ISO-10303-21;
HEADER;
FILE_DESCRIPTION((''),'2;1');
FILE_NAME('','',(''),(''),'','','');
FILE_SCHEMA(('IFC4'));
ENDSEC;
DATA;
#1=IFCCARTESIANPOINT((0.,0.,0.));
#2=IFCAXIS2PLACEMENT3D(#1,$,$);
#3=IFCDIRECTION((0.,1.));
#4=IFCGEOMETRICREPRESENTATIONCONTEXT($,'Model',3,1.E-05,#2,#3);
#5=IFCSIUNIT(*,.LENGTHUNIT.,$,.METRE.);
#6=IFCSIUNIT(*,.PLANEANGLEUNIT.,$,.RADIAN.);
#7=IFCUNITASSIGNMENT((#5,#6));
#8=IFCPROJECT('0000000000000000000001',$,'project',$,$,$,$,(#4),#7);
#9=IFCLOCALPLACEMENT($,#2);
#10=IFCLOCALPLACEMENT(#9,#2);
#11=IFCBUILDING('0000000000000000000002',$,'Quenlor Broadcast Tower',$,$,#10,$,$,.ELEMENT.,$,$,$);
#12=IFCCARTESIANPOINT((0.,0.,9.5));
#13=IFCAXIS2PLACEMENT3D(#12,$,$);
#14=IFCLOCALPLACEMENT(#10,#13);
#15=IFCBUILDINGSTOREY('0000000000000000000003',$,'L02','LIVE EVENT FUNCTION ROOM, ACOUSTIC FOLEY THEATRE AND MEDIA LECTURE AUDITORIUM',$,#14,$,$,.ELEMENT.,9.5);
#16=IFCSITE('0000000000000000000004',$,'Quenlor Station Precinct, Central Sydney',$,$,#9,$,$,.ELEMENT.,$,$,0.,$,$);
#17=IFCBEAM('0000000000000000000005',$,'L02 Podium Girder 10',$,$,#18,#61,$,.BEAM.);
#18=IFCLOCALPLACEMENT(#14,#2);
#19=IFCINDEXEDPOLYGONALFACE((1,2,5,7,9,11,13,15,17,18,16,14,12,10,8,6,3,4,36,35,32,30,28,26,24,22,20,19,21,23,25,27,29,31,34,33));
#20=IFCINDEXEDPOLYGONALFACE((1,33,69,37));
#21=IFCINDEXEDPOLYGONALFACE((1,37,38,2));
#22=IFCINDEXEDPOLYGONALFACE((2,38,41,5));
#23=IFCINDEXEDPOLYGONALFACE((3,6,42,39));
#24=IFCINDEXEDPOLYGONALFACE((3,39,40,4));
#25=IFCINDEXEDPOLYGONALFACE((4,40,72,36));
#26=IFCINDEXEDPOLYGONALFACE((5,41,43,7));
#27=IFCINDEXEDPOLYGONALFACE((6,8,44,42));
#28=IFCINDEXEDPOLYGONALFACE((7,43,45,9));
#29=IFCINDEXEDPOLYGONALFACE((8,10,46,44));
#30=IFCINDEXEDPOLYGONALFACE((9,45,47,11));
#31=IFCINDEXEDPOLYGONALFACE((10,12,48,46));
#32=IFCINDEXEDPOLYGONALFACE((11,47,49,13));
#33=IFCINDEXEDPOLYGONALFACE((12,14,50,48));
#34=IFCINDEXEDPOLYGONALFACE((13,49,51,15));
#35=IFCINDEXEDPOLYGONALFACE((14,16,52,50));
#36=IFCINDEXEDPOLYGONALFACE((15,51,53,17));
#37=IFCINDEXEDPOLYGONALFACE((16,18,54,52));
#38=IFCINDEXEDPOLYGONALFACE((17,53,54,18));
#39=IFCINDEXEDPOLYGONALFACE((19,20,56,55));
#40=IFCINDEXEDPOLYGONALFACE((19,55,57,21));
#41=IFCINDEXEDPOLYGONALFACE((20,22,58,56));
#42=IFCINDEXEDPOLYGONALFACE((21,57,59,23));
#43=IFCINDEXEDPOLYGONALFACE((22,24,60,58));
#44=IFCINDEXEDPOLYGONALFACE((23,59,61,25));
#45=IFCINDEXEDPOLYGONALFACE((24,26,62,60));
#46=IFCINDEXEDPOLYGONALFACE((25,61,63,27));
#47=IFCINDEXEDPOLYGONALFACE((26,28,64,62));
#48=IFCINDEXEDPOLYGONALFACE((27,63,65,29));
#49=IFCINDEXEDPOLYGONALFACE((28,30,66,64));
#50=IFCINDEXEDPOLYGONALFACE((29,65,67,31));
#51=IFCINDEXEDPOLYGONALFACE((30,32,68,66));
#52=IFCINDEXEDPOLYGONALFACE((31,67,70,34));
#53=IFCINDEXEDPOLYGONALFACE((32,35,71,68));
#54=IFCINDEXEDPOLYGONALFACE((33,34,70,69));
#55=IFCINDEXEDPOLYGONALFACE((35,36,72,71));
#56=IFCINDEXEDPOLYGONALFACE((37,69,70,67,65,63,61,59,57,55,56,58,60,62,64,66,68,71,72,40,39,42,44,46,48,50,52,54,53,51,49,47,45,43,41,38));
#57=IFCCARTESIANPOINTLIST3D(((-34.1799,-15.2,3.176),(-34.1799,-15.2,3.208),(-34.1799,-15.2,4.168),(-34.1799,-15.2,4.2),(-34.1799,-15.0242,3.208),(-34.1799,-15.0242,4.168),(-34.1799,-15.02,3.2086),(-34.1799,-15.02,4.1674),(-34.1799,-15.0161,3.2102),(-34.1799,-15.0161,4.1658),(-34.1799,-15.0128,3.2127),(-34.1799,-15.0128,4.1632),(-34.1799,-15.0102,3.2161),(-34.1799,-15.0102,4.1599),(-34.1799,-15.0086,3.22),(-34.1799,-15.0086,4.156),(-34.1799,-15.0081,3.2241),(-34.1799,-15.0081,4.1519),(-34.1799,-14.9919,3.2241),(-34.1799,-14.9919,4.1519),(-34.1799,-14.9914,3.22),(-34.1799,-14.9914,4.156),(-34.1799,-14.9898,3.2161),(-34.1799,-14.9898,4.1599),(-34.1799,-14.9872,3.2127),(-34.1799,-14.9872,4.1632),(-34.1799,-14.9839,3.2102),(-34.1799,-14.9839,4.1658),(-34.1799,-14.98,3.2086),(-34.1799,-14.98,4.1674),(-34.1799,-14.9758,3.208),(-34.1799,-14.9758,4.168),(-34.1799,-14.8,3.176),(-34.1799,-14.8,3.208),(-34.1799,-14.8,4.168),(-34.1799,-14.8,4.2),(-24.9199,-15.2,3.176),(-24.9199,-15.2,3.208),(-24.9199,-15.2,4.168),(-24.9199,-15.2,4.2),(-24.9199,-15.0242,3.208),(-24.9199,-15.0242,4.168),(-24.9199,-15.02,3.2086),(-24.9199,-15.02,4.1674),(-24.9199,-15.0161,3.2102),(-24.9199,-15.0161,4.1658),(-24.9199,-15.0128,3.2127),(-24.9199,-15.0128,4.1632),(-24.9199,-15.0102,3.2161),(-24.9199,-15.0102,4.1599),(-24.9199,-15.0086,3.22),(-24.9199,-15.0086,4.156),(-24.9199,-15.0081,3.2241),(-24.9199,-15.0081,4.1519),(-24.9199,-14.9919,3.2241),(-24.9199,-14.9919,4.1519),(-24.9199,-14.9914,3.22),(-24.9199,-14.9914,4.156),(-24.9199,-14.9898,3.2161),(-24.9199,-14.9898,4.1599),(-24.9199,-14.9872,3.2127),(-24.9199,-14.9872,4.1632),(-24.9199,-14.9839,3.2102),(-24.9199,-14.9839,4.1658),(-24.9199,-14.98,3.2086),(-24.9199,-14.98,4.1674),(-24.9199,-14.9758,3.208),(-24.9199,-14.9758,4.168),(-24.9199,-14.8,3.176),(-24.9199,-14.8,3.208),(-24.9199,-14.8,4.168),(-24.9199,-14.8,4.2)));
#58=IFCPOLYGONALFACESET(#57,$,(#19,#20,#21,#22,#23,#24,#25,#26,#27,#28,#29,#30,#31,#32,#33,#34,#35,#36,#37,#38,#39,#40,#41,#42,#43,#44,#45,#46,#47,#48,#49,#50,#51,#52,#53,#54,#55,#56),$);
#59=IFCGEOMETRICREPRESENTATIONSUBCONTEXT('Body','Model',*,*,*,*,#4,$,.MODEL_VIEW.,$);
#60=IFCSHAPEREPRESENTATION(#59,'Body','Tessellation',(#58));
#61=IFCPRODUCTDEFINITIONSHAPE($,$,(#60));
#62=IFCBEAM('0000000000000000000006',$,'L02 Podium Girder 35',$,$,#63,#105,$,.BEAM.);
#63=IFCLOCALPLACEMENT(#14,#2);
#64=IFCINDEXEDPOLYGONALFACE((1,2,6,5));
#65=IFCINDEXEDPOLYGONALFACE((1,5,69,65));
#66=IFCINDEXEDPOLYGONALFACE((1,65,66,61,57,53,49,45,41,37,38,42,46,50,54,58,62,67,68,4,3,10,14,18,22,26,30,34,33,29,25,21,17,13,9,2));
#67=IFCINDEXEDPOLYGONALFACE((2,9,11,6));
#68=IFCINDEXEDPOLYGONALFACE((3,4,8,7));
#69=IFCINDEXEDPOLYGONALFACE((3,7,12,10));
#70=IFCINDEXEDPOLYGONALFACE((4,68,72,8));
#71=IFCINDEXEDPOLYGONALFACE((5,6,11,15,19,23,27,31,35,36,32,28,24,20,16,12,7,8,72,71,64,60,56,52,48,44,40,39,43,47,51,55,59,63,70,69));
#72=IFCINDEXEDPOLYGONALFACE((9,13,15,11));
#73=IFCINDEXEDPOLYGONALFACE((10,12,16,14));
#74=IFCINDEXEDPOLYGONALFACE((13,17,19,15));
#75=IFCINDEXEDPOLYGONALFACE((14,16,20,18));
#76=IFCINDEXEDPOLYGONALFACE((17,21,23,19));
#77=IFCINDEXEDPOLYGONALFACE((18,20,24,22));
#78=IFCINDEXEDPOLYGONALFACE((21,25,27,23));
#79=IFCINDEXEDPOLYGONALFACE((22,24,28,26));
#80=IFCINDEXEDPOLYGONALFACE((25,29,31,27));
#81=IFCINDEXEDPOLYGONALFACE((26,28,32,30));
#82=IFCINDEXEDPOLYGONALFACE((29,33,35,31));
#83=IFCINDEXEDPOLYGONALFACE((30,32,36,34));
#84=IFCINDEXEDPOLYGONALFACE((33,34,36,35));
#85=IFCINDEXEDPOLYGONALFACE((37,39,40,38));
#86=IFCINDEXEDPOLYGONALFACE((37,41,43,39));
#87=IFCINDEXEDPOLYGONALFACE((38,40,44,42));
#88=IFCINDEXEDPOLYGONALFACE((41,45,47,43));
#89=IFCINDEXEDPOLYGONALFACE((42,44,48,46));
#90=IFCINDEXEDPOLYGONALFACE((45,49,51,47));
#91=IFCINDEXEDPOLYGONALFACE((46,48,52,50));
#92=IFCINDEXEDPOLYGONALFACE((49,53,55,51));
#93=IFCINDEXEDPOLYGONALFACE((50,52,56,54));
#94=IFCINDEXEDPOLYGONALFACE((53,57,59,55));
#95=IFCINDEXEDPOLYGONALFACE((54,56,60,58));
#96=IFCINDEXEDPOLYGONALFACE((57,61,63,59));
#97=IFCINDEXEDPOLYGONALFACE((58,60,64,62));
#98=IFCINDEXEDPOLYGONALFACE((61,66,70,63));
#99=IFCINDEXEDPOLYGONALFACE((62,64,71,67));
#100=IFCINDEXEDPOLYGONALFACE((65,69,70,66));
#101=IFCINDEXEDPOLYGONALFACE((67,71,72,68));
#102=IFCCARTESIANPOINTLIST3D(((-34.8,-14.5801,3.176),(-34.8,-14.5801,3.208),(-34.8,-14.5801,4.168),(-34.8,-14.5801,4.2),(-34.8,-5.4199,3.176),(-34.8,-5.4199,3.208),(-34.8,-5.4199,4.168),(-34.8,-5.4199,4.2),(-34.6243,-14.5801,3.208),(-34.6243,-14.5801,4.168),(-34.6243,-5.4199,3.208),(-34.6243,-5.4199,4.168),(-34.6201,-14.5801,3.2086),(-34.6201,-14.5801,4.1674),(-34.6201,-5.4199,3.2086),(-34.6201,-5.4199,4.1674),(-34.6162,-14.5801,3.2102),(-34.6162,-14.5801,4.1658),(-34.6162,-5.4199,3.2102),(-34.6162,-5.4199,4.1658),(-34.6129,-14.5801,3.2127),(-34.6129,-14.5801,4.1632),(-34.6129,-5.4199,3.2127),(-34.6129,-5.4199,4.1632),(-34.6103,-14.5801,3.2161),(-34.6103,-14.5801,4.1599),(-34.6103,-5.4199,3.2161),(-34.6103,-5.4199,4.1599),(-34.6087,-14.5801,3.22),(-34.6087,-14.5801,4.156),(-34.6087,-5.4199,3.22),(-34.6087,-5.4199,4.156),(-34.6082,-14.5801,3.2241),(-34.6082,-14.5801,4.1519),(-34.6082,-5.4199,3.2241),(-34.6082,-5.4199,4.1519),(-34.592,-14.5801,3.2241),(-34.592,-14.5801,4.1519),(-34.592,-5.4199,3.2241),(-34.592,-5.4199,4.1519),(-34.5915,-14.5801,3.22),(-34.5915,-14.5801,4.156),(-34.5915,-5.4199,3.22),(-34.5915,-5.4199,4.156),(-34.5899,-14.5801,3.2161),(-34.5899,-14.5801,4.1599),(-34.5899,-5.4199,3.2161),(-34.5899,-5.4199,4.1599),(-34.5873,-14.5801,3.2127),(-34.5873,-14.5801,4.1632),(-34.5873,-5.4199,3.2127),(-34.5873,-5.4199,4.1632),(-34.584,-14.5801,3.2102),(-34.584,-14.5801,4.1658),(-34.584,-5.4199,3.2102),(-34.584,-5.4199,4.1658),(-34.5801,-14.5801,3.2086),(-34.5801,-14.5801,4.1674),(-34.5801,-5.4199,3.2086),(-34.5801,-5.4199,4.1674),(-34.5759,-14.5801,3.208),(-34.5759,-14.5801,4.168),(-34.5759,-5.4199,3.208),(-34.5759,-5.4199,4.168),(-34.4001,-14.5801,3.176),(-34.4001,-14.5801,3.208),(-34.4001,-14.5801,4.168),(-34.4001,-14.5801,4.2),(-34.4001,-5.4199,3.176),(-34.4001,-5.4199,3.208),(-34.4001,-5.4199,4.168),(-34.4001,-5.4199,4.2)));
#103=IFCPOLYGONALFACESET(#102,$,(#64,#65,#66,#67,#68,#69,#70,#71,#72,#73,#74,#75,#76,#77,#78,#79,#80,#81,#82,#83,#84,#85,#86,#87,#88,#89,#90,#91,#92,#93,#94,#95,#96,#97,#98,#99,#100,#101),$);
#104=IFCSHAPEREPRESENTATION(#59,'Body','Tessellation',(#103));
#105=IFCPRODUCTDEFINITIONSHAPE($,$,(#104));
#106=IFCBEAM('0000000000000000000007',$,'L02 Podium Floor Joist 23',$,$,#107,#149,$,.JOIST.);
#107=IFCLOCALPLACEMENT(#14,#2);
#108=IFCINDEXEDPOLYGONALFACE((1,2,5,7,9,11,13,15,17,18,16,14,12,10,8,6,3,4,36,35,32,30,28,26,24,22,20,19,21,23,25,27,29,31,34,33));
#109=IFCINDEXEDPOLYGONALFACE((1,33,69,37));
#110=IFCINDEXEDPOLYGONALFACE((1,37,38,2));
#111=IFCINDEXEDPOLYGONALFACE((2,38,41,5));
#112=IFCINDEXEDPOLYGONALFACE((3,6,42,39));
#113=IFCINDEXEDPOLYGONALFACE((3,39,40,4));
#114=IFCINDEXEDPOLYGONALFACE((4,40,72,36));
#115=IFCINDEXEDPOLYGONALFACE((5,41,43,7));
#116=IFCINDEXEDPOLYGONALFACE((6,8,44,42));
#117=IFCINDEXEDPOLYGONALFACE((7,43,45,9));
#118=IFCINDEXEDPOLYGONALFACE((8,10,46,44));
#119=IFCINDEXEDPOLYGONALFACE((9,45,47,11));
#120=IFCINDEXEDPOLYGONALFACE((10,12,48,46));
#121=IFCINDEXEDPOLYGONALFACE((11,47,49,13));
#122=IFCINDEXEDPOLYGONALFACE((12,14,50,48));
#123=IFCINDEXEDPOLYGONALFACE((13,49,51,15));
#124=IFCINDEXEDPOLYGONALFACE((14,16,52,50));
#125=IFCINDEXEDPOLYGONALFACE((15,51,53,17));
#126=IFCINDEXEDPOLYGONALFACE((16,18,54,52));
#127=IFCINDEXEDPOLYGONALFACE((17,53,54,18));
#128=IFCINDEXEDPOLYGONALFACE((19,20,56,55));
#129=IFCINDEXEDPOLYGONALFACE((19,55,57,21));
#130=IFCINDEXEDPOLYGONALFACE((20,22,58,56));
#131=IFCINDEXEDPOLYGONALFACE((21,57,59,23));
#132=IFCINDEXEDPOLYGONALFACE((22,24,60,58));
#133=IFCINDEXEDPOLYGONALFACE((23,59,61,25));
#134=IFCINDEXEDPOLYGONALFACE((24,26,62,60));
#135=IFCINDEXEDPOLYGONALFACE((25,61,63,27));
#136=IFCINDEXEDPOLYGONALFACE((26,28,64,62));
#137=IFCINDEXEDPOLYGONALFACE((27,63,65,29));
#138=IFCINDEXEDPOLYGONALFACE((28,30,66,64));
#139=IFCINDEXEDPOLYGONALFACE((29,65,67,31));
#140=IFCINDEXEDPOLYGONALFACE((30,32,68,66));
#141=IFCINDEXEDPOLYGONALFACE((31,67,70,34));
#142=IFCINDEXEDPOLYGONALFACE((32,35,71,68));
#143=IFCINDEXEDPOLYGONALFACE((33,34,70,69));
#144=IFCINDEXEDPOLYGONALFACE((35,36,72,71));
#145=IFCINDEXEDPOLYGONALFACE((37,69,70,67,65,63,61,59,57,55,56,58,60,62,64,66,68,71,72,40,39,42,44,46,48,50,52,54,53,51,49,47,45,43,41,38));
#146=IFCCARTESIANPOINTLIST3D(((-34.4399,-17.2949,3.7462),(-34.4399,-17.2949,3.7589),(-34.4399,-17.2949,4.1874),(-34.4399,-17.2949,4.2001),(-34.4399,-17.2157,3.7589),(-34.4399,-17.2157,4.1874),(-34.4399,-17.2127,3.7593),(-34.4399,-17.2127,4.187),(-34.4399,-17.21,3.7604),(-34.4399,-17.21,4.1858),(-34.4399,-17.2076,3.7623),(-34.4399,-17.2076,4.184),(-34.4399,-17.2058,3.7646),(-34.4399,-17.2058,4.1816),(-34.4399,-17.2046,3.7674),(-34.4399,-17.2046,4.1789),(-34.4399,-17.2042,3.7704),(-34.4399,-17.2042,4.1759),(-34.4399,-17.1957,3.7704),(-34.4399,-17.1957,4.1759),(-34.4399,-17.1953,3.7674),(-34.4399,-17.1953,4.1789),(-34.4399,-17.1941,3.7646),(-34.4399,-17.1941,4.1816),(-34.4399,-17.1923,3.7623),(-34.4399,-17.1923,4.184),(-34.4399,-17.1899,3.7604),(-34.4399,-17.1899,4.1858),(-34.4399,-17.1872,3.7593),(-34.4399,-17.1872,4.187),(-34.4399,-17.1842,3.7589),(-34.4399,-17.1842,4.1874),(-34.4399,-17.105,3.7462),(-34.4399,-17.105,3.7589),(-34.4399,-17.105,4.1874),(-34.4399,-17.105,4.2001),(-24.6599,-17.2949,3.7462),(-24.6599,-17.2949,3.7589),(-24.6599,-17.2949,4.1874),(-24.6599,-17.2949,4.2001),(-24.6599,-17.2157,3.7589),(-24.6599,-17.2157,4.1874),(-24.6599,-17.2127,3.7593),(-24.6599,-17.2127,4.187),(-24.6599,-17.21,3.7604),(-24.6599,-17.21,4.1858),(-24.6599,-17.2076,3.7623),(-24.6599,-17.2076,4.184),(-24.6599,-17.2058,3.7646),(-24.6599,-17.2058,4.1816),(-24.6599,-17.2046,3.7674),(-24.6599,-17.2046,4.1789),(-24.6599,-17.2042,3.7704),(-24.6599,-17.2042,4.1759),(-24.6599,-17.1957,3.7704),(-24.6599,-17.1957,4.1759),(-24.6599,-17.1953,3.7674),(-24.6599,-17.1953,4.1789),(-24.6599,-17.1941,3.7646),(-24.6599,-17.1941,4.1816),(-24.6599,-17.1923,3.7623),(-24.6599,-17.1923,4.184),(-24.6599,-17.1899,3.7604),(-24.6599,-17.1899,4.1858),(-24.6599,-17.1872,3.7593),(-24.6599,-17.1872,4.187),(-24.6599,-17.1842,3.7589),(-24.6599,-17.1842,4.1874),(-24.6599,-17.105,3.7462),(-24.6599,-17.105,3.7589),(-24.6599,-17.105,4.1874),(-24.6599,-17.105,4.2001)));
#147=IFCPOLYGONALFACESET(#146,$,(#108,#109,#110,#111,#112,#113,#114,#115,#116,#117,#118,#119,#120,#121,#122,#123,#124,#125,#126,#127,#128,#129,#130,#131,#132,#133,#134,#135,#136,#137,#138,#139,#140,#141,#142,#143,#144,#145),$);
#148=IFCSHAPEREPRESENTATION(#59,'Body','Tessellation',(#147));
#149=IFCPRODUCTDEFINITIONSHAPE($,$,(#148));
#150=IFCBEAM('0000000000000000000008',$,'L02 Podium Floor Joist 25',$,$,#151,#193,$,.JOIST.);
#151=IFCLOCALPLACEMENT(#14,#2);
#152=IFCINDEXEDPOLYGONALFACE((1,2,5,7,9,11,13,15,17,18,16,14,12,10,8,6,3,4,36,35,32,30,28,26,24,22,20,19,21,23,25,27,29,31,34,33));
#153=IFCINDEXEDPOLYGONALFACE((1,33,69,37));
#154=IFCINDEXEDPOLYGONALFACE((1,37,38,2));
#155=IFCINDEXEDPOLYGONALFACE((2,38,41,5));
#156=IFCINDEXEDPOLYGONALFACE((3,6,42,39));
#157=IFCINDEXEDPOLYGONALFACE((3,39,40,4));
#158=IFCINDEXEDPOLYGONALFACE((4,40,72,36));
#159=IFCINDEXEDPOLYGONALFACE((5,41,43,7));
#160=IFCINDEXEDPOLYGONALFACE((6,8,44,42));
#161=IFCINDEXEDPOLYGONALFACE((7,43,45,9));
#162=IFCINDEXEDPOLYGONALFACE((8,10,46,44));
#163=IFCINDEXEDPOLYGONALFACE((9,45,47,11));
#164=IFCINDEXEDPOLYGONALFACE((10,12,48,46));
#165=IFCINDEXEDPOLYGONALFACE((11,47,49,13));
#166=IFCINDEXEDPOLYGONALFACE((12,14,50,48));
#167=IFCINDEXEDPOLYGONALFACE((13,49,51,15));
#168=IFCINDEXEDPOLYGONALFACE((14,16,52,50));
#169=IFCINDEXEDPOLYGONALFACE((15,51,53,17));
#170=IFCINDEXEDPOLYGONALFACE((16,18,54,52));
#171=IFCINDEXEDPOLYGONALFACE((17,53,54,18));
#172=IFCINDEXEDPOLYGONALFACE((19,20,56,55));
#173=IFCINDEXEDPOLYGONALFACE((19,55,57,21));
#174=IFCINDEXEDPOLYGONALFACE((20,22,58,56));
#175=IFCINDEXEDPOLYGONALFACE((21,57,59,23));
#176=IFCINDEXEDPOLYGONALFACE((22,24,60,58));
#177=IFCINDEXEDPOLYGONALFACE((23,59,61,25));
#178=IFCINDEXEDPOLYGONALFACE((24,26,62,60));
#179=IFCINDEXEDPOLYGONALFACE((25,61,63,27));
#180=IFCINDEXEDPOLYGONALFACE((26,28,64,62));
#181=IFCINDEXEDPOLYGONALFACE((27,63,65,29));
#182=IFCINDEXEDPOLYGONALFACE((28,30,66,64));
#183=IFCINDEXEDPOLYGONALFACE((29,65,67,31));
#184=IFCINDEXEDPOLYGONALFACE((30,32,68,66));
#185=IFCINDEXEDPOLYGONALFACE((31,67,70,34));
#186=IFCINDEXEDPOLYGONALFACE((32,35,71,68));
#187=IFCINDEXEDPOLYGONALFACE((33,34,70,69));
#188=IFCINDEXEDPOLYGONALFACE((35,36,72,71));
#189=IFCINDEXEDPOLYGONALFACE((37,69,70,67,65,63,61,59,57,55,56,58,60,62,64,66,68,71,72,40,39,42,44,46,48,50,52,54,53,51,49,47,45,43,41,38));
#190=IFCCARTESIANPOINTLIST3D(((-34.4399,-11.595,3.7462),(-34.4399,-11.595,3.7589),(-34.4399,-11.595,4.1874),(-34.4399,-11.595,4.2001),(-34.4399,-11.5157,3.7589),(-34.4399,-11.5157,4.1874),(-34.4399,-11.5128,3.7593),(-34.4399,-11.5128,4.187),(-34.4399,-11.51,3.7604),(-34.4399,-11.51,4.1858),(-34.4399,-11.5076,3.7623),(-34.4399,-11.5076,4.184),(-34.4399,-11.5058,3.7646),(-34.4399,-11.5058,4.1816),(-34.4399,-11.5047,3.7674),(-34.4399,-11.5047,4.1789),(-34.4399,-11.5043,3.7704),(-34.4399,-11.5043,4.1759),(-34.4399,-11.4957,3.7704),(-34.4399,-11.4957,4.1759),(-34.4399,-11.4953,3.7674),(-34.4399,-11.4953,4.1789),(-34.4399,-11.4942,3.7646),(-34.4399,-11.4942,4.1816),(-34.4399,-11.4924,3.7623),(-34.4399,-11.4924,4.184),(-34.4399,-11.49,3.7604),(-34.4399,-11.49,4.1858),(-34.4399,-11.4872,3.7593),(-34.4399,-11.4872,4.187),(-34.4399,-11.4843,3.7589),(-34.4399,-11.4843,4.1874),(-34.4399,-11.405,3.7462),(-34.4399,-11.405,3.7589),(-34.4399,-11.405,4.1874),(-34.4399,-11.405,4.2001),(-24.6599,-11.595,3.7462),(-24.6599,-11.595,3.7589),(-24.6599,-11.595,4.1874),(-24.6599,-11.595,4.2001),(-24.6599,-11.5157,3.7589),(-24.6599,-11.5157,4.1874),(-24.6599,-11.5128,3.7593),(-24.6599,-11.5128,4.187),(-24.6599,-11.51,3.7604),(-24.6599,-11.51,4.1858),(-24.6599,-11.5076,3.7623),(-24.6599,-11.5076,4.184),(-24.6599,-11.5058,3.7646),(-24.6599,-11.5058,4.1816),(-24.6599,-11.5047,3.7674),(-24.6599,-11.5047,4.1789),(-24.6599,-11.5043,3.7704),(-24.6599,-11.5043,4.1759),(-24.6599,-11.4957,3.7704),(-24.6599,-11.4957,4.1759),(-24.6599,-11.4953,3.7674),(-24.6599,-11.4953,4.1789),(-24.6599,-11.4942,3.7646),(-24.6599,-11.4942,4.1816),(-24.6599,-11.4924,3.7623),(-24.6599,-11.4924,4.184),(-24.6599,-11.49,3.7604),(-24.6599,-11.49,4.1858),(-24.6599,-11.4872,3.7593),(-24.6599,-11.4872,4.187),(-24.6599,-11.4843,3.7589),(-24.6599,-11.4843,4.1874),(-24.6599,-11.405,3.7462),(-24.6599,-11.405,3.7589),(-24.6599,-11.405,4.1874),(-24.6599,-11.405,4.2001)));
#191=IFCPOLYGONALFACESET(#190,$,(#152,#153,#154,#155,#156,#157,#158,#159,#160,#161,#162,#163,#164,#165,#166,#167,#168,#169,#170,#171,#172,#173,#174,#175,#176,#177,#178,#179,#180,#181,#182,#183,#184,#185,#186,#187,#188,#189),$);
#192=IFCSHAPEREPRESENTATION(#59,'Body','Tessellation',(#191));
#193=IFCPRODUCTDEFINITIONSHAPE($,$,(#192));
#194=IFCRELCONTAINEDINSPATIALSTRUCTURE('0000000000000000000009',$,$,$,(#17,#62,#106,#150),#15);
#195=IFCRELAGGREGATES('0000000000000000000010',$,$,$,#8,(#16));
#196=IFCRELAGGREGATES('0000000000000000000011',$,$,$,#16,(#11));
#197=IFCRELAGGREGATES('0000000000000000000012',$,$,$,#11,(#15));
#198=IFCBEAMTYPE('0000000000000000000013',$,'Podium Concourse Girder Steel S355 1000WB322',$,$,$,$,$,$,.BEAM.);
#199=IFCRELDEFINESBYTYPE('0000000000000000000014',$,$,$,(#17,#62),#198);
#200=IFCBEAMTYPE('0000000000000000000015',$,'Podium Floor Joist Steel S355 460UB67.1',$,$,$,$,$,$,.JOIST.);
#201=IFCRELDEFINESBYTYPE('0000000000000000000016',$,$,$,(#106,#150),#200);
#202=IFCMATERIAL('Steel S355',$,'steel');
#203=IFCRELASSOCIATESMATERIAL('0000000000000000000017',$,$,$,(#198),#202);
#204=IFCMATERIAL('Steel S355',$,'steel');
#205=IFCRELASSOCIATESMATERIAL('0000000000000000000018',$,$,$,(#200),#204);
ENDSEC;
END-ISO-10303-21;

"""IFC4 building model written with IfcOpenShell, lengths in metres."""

from ifc_helpers import new_model, si_unit, direction, frame, origin, origin_2d, place, context, subcontext, project, spatial, i_section, extrude, material, material_profile, profile_set, type_object, element, save


model = new_model("IFC4")

# Units and contexts
model_context = context("Model", 3, precision=1e-05, world=origin(), true_north=direction((0.0, 1.0)))
body_context = subcontext(model_context, "Body", "Model", "MODEL_VIEW")
ifc_project = project(units=[si_unit("LENGTHUNIT", "METRE"), si_unit("PLANEANGLEUNIT", "RADIAN")], contexts=[model_context])

# Site, building, storey
site_placement = place(None, origin())
site = spatial("IfcSite", under=ifc_project, at=site_placement, Name="Quenlor Station Precinct, Central Sydney", CompositionType="ELEMENT", RefElevation=0.0)
building_placement = place(site_placement, origin())
building = spatial("IfcBuilding", under=site, at=building_placement, Name="Quenlor Broadcast Tower", CompositionType="ELEMENT")
storey_placement = place(building_placement, frame((0.0, 0.0, 9.5)))
storey = spatial("IfcBuildingStorey", under=building, at=storey_placement, Name="L02", Description="LIVE EVENT FUNCTION ROOM, ACOUSTIC FOLEY THEATRE AND MEDIA LECTURE AUDITORIUM", CompositionType="ELEMENT", Elevation=9.5)

# Beams
ifc_material_1 = material(Name="Steel S355", Category="steel")
ifc_material_profile_1 = material_profile(ifc_material_1, i_section(OverallWidth=0.3999, OverallDepth=1.0239, WebThickness=0.0161, FlangeThickness=0.032, FilletRadius=0.0161, at=origin_2d()))
ifc_profile_set_1 = profile_set([ifc_material_profile_1], Name="Steel S355 1000WB322")
beam_type_1 = type_object("IfcBeamType", Name="Podium Concourse Girder Steel S355 1000WB322", PredefinedType="BEAM", material=ifc_profile_set_1)
beam_1_placement = place(storey_placement, frame((-34.1799, -15.0, 3.688), z_axis=(1.0, 0.0, 0.0), x_axis=(0.0, 1.0, 0.0)))
element("IfcBeam", 1, at=beam_1_placement, inside=storey, type_object=beam_type_1, Name="L02 Podium Girder 10", PredefinedType="BEAM", context=body_context, shape_type="SweptSolid", body=[
    extrude(i_section(OverallWidth=0.3999, OverallDepth=1.0239, WebThickness=0.0161, FlangeThickness=0.032, FilletRadius=0.0161, at=origin_2d()), origin(), (0.0, 0.0, 1.0), 9.26),
])
beam_2_placement = place(storey_placement, frame((-34.6001, -14.5801, 3.688), z_axis=(0.0, 1.0, 0.0), x_axis=(-1.0, 0.0, 0.0)))
element("IfcBeam", 2, at=beam_2_placement, inside=storey, type_object=beam_type_1, Name="L02 Podium Girder 35", PredefinedType="BEAM", context=body_context, shape_type="SweptSolid", body=[
    extrude(i_section(OverallWidth=0.3999, OverallDepth=1.0239, WebThickness=0.0161, FlangeThickness=0.032, FilletRadius=0.0161, at=origin_2d()), origin(), (0.0, 0.0, 1.0), 9.1602),
])
ifc_material_2 = material(Name="Steel S355", Category="steel")
ifc_material_profile_2 = material_profile(ifc_material_2, i_section(OverallWidth=0.1899, OverallDepth=0.4539, WebThickness=0.0085, FlangeThickness=0.0127, FilletRadius=0.0115, at=origin_2d()))
ifc_profile_set_2 = profile_set([ifc_material_profile_2], Name="Steel S355 460UB67.1")
beam_type_2 = type_object("IfcBeamType", Name="Podium Floor Joist Steel S355 460UB67.1", PredefinedType="JOIST", material=ifc_profile_set_2)
for number, where, z_axis, x_axis, name in (
    (3, (-34.4399, -17.2, 3.9731), (1.0, 0.0, 0.0), (0.0, 1.0, 0.0), "L02 Podium Floor Joist 23"),
    (4, (-34.4399, -11.5, 3.9731), (1.0, 0.0, 0.0), (0.0, 1.0, 0.0), "L02 Podium Floor Joist 25"),
):
    element("IfcBeam", number, at=place(storey_placement, frame(where, z_axis=z_axis, x_axis=x_axis)), inside=storey, type_object=beam_type_2, Name=name, PredefinedType="JOIST", context=body_context, shape_type="SweptSolid", body=[
        extrude(i_section(OverallWidth=0.1899, OverallDepth=0.4539, WebThickness=0.0085, FlangeThickness=0.0127, FilletRadius=0.0115, at=origin_2d()), origin(), (0.0, 0.0, 1.0), 9.78),
    ])

save(model, "model.ifc")
